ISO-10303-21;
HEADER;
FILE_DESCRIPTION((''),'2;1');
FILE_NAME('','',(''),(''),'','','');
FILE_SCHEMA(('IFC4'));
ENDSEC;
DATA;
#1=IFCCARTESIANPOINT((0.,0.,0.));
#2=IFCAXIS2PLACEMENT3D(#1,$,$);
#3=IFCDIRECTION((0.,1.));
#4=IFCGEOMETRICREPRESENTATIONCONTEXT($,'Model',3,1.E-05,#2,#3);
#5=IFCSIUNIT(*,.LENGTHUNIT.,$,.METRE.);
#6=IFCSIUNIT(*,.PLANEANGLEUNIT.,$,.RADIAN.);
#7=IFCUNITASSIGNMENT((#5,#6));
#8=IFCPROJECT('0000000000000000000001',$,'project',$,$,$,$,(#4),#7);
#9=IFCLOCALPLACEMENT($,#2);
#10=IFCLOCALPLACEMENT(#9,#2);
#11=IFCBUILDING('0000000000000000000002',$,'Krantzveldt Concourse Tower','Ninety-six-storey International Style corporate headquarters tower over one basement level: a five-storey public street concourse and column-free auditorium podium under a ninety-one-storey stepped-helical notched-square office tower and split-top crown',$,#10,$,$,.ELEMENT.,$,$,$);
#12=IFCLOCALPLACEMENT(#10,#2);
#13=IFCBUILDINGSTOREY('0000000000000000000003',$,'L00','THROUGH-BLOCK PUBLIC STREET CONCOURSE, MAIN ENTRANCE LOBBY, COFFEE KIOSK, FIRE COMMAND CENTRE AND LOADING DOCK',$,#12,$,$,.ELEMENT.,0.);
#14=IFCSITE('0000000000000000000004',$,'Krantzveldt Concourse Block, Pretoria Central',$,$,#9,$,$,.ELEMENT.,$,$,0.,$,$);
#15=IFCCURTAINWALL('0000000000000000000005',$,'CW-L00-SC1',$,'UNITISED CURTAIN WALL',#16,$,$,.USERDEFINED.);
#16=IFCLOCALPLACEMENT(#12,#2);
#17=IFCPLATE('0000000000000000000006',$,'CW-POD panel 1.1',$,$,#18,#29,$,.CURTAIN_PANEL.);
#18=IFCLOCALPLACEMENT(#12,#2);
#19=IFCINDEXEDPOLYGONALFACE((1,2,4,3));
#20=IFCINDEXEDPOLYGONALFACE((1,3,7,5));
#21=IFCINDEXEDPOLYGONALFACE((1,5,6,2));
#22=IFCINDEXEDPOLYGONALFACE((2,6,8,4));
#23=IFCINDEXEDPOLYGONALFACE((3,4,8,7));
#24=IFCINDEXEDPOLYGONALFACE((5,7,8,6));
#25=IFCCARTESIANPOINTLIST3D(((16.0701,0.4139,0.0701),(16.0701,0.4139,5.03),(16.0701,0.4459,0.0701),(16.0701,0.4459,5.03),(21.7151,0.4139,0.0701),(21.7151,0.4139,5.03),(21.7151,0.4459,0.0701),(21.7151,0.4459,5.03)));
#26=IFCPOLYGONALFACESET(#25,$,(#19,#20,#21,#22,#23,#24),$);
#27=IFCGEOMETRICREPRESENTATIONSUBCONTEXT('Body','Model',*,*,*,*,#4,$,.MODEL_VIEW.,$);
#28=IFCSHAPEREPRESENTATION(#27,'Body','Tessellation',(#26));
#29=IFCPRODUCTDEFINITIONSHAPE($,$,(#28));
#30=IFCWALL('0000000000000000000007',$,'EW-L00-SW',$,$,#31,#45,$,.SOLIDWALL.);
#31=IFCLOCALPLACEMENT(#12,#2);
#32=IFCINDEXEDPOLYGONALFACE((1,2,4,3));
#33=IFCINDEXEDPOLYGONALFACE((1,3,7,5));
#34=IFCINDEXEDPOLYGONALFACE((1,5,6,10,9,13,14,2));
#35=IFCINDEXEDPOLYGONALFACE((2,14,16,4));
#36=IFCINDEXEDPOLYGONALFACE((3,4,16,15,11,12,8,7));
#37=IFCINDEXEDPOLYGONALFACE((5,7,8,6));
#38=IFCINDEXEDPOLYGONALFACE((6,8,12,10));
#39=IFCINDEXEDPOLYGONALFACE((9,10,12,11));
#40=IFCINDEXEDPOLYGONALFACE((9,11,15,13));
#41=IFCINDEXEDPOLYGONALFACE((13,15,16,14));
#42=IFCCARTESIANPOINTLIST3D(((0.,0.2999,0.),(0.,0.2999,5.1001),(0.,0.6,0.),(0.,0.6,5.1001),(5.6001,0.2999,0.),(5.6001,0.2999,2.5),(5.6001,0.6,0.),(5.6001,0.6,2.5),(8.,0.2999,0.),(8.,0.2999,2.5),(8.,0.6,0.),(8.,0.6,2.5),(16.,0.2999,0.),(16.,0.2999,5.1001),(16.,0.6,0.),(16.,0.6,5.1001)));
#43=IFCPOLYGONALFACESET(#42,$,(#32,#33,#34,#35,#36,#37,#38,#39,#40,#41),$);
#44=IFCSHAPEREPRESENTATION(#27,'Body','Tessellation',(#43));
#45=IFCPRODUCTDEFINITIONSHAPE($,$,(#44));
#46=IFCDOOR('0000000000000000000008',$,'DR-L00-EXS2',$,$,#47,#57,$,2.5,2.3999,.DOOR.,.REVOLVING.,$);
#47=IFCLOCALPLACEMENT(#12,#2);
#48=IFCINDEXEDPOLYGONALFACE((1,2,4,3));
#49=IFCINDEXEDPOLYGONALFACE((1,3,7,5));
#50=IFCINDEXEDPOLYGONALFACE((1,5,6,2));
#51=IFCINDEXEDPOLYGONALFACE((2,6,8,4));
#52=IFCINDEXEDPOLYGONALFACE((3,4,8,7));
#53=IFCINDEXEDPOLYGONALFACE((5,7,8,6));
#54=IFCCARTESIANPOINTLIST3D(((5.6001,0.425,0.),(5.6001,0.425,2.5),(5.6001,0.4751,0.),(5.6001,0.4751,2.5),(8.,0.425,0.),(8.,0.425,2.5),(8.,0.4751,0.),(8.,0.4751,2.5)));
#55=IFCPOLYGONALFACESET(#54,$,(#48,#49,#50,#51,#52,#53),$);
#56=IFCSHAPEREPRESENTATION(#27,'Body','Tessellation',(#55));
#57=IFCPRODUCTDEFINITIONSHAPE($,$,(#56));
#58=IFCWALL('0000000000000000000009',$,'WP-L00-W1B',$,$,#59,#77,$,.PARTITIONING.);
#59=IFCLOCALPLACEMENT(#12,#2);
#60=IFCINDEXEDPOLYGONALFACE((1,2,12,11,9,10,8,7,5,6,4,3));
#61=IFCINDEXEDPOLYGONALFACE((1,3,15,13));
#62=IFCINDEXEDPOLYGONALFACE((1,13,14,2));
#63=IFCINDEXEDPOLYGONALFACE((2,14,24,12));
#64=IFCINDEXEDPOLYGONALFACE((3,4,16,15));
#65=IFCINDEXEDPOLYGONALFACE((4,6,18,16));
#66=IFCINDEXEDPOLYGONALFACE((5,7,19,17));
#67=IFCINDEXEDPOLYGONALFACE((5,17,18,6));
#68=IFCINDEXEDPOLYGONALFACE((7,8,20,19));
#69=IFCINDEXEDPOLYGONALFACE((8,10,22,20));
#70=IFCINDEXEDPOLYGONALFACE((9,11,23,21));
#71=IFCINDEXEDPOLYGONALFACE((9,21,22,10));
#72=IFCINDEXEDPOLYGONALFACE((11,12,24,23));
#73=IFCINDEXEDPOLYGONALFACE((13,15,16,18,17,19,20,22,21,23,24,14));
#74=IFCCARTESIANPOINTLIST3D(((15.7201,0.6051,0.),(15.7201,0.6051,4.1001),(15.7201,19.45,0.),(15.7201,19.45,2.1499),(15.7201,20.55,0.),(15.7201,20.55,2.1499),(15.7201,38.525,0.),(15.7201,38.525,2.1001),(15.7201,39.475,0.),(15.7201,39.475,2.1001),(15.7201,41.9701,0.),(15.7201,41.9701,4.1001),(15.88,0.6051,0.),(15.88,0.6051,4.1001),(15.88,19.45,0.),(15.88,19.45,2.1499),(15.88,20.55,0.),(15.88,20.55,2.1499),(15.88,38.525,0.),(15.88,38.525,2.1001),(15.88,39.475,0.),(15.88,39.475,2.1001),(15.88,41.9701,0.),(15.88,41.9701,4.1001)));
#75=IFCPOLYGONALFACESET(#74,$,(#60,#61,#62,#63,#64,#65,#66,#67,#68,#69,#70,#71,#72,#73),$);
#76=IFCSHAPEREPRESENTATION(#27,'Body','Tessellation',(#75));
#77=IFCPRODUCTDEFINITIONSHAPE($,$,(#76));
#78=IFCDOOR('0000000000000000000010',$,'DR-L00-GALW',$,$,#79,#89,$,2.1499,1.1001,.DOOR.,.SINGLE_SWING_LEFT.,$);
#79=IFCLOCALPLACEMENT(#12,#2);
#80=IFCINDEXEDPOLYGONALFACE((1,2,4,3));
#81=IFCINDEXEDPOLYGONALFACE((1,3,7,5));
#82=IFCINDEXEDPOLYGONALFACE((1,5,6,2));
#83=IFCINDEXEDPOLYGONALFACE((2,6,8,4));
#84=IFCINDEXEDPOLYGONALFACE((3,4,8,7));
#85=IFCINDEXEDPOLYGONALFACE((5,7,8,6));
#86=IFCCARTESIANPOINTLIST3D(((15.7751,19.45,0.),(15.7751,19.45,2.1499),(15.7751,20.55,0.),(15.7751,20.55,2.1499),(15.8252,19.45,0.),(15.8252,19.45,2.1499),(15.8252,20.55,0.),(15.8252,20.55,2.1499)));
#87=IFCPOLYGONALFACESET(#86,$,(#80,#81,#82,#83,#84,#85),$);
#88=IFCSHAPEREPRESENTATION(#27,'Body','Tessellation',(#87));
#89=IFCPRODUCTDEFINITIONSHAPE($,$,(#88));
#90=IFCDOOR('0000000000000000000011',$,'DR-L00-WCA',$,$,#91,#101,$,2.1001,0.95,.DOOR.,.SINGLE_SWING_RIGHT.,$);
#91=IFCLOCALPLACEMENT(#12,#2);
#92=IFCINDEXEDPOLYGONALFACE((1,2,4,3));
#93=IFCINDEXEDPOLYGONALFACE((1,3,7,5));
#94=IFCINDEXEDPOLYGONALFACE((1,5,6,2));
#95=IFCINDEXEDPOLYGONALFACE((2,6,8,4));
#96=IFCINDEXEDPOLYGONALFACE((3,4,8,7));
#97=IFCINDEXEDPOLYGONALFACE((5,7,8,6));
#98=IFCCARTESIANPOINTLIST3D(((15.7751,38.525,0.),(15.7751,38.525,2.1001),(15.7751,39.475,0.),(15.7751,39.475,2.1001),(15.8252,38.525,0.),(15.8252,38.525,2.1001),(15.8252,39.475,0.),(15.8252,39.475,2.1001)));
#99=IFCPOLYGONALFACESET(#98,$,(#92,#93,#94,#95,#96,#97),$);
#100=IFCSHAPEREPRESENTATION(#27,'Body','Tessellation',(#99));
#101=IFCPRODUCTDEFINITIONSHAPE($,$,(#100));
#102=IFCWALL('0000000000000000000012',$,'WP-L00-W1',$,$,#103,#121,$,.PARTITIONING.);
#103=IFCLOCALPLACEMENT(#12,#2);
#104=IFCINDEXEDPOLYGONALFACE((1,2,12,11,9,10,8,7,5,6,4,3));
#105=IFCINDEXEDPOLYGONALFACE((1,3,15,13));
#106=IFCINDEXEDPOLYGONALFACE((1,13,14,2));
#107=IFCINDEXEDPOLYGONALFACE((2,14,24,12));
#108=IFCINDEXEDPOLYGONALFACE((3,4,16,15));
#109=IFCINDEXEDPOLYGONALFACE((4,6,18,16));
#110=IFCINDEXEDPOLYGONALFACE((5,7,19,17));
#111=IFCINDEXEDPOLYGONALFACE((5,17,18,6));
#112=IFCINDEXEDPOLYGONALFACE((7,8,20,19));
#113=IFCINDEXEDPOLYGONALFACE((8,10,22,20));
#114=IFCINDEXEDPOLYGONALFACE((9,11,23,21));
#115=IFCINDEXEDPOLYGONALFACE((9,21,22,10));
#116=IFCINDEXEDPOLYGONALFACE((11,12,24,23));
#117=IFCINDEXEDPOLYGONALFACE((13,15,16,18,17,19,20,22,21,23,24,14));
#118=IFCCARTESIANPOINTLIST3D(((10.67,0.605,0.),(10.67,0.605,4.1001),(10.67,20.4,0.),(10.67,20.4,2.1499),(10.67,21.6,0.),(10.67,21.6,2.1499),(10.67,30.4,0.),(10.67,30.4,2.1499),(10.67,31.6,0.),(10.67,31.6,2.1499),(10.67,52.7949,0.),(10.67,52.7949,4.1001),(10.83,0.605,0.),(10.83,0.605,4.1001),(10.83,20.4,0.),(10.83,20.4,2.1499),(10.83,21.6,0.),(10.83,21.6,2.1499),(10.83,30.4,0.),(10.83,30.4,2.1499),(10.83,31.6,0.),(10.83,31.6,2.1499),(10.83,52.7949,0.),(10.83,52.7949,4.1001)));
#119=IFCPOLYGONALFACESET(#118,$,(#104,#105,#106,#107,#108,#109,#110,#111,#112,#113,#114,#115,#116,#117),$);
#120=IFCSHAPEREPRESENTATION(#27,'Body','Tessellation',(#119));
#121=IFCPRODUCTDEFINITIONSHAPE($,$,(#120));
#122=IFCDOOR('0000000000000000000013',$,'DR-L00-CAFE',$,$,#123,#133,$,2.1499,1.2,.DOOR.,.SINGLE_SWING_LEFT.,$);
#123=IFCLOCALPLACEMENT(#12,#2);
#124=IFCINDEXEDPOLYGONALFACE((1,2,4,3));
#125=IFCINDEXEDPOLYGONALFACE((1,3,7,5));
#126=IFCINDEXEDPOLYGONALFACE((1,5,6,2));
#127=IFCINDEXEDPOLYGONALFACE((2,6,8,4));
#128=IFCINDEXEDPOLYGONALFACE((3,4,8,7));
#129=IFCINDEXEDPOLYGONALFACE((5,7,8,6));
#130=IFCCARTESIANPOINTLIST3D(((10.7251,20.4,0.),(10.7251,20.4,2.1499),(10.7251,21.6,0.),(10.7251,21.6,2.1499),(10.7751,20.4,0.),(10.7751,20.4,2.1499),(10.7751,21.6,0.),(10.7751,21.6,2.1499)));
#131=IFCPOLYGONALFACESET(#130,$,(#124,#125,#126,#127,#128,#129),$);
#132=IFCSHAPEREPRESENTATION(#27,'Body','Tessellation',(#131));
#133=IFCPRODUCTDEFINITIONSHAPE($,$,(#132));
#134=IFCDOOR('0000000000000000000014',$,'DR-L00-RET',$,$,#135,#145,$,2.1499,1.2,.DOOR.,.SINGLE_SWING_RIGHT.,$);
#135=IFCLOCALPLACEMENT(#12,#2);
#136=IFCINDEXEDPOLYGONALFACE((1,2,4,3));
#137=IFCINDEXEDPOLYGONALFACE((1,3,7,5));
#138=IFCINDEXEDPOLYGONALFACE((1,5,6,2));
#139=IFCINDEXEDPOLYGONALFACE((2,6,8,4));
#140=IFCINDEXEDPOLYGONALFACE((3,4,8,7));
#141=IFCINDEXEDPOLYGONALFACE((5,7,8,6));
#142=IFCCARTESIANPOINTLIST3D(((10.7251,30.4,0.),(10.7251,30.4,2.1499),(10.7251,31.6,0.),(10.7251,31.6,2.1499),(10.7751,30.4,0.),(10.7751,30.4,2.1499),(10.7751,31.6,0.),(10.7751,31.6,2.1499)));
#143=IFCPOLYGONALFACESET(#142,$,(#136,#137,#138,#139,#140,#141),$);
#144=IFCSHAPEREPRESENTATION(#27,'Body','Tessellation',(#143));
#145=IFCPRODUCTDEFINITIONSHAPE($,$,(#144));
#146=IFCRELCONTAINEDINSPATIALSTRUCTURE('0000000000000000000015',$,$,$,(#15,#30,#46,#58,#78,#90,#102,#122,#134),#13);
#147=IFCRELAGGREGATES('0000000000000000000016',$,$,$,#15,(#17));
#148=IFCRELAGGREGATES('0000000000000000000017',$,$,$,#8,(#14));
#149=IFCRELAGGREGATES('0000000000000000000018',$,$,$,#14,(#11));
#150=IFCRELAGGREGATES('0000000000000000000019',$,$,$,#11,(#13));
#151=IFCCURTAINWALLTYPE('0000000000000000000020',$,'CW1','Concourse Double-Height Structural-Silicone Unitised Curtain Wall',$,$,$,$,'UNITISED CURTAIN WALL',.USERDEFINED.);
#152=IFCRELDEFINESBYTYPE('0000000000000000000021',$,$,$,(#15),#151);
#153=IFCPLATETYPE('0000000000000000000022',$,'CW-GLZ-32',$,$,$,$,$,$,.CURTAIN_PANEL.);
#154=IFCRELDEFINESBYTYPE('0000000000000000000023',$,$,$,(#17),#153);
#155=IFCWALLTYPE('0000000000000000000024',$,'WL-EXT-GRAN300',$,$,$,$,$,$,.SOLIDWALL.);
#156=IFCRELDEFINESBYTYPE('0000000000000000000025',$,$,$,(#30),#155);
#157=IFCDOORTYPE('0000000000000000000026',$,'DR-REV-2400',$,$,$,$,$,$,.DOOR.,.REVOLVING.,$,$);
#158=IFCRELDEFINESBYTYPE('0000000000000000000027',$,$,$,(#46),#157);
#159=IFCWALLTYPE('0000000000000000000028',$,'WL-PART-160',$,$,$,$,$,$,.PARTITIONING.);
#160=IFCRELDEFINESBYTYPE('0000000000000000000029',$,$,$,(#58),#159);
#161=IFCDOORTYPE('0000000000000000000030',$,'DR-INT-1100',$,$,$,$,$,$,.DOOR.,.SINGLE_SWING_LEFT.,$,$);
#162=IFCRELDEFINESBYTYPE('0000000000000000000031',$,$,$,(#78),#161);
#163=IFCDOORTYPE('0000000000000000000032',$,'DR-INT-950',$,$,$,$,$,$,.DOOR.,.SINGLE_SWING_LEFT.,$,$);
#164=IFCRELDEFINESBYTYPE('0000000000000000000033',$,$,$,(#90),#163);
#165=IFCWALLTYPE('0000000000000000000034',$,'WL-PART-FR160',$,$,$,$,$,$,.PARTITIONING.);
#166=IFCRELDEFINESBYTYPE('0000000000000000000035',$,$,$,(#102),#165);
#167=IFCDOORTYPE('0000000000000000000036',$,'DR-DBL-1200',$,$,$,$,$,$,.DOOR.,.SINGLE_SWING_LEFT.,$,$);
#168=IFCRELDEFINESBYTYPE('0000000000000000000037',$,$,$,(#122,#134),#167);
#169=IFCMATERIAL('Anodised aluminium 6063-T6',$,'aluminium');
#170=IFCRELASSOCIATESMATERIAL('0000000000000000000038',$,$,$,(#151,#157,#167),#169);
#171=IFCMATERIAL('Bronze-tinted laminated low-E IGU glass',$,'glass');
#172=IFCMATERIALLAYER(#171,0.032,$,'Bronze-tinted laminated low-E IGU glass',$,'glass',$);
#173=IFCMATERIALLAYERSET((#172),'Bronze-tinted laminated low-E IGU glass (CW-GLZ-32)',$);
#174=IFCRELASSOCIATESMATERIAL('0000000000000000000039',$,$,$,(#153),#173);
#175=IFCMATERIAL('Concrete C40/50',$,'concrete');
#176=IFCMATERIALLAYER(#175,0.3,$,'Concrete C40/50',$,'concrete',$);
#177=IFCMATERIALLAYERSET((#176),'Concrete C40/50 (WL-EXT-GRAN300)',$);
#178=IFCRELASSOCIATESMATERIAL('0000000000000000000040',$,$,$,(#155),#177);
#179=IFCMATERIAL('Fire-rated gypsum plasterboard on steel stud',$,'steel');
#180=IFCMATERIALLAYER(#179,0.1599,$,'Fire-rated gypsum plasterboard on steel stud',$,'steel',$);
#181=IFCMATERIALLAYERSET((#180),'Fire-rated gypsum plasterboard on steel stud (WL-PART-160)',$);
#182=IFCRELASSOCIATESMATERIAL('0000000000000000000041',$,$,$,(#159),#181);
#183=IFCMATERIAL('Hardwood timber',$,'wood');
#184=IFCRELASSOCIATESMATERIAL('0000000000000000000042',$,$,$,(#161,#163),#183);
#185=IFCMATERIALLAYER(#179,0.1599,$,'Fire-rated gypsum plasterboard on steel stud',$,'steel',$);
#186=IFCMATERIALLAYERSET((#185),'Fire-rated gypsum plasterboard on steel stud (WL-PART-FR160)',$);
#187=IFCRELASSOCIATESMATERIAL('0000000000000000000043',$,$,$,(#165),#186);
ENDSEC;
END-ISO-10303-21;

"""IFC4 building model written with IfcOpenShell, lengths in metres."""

from ifc_helpers import new_model, si_unit, direction, frame, frame_2d, origin, origin_2d, place, context, subcontext, project, spatial, rectangle, extrude, source, transform, mapped, material, layer, layer_set, type_object, type_shapes, element, fill, aggregate, save


model = new_model("IFC4")

# Units and contexts
model_context = context("Model", 3, precision=1e-05, world=origin(), true_north=direction((0.0, 1.0)))
body_context = subcontext(model_context, "Body", "Model", "MODEL_VIEW")
ifc_project = project(units=[si_unit("LENGTHUNIT", "METRE"), si_unit("PLANEANGLEUNIT", "RADIAN")], contexts=[model_context])

# Site, building, storey
site_placement = place(None, origin())
site = spatial("IfcSite", under=ifc_project, at=site_placement, Name="Krantzveldt Concourse Block, Pretoria Central", CompositionType="ELEMENT", RefElevation=0.0)
building_placement = place(site_placement, origin())
building = spatial("IfcBuilding", under=site, at=building_placement, Name="Krantzveldt Concourse Tower", Description="Ninety-six-storey International Style corporate headquarters tower over one basement level: a five-storey public street concourse and column-free auditorium podium under a ninety-one-storey stepped-helical notched-square office tower and split-top crown", CompositionType="ELEMENT")
storey_placement = place(building_placement, origin())
storey = spatial("IfcBuildingStorey", under=building, at=storey_placement, Name="L00", Description="THROUGH-BLOCK PUBLIC STREET CONCOURSE, MAIN ENTRANCE LOBBY, COFFEE KIOSK, FIRE COMMAND CENTRE AND LOADING DOCK", CompositionType="ELEMENT", Elevation=0.0)

# Shared definitions
ifc_material_1 = material(Name="Concrete C40/50", Category="concrete")

# Curtain wall, plate
ifc_material_2 = material(Name="Anodised aluminium 6063-T6", Category="aluminium")
curtain_wall_type = type_object("IfcCurtainWallType", Name="CW1", Description="Concourse Double-Height Structural-Silicone Unitised Curtain Wall", ElementType="UNITISED CURTAIN WALL", PredefinedType="USERDEFINED", material=ifc_material_2)
curtain_wall_placement = place(storey_placement, origin())
curtain_wall = element("IfcCurtainWall", 1, at=curtain_wall_placement, inside=storey, type_object=curtain_wall_type, Name="CW-L00-SC1", ObjectType="UNITISED CURTAIN WALL", PredefinedType="USERDEFINED")
ifc_material_3 = material(Name="Bronze-tinted laminated low-E IGU glass", Category="glass")
ifc_layer_1 = layer(ifc_material_3, 0.032, Name="Bronze-tinted laminated low-E IGU glass", Category="glass")
ifc_layer_set_1 = layer_set([ifc_layer_1], Name="Bronze-tinted laminated low-E IGU glass (CW-GLZ-32)")
plate_type = type_object("IfcPlateType", Name="CW-GLZ-32", PredefinedType="CURTAIN_PANEL", material=ifc_layer_set_1)
shared_shape_1 = source(origin(), body_context, "Body", "SweptSolid", [
    extrude(rectangle(XDim=5.645, YDim=0.032, at=origin_2d()), origin(), (0.0, 0.0, 1.0), 4.96),
])
type_shapes(plate_type, [shared_shape_1])
plate_placement = place(storey_placement, frame((18.8926, 0.4299, 0.0701), z_axis=(0.0, 0.0, 1.0), x_axis=(1.0, 0.0, 0.0)))
plate = element("IfcPlate", 2, at=plate_placement, type_object=plate_type, Name="CW-POD panel 1.1", PredefinedType="CURTAIN_PANEL", context=body_context, shape_type="MappedRepresentation", body=[
    mapped(shared_shape_1, transform((0.0, 0.0, 0.0), x_axis=(1.0, 0.0, 0.0), y_axis=(0.0, 1.0, 0.0), z_axis=(0.0, 0.0, 1.0), scale=1.0)),
])
aggregate(curtain_wall, [plate])

# Wall, opening, door
ifc_layer_2 = layer(ifc_material_1, 0.3, Name="Concrete C40/50", Category="concrete")
ifc_layer_set_2 = layer_set([ifc_layer_2], Name="Concrete C40/50 (WL-EXT-GRAN300)")
wall_type_1 = type_object("IfcWallType", Name="WL-EXT-GRAN300", PredefinedType="SOLIDWALL", material=ifc_layer_set_2)
wall_1_placement = place(storey_placement, frame((16.0, 0.45, 0.0), z_axis=(0.0, 0.0, 1.0), x_axis=(-1.0, 0.0, 0.0)))
wall_1 = element("IfcWall", 3, at=wall_1_placement, inside=storey, type_object=wall_type_1, Name="EW-L00-SW", PredefinedType="SOLIDWALL", context=body_context, shape_type="SweptSolid", body=[
    extrude(rectangle(XDim=16.0, YDim=0.3, at=frame_2d((8.0, 0.0))), origin(), (0.0, 0.0, 1.0), 5.1001),
])
opening_1_placement = place(wall_1_placement, frame((8.0, 0.0, 0.0)))
opening_1 = element("IfcOpeningElement", 4, at=opening_1_placement, cuts=wall_1, PredefinedType="OPENING", context=body_context, shape_type="SweptSolid", body=[
    extrude(rectangle(XDim=2.3999, YDim=2.5, at=frame_2d((1.2, 1.25))), frame((0.0, 0.1602, 0.0), z_axis=(0.0, -1.0, 0.0), x_axis=(1.0, 0.0, 0.0)), (0.0, 0.0, 1.0), 0.3201),
])
door_type_1 = type_object("IfcDoorType", Name="DR-REV-2400", OperationType="REVOLVING", PredefinedType="DOOR", material=ifc_material_2)
door_1_placement = place(opening_1_placement, origin())
door_1 = element("IfcDoor", 5, at=door_1_placement, inside=storey, type_object=door_type_1, Name="DR-L00-EXS2", OperationType="REVOLVING", OverallHeight=2.5, OverallWidth=2.3999, PredefinedType="DOOR", context=body_context, shape_type="SweptSolid", body=[
    extrude(rectangle(XDim=2.3999, YDim=2.5, at=frame_2d((1.2, 1.25))), frame((0.0, 0.0249, 0.0), z_axis=(0.0, -1.0, 0.0), x_axis=(1.0, 0.0, 0.0)), (0.0, 0.0, 1.0), 0.05),
])
fill(opening_1, door_1)

# Walls, openings, doors
ifc_material_4 = material(Name="Fire-rated gypsum plasterboard on steel stud", Category="steel")
ifc_layer_3 = layer(ifc_material_4, 0.1599, Name="Fire-rated gypsum plasterboard on steel stud", Category="steel")
ifc_layer_set_3 = layer_set([ifc_layer_3], Name="Fire-rated gypsum plasterboard on steel stud (WL-PART-160)")
wall_type_2 = type_object("IfcWallType", Name="WL-PART-160", PredefinedType="PARTITIONING", material=ifc_layer_set_3)
wall_2_placement = place(storey_placement, frame((15.8, 0.605, 0.0), z_axis=(0.0, 0.0, 1.0), x_axis=(0.0, 1.0, 0.0)))
wall_2 = element("IfcWall", 6, at=wall_2_placement, inside=storey, type_object=wall_type_2, Name="WP-L00-W1B", PredefinedType="PARTITIONING", context=body_context, shape_type="SweptSolid", body=[
    extrude(rectangle(XDim=41.365, YDim=0.1599, at=frame_2d((20.6826, 0.0))), origin(), (0.0, 0.0, 1.0), 4.1001),
])
opening_2_placement = place(wall_2_placement, frame((18.845, 0.0, 0.0)))
opening_2 = element("IfcOpeningElement", 7, at=opening_2_placement, cuts=wall_2, PredefinedType="OPENING", context=body_context, shape_type="SweptSolid", body=[
    extrude(rectangle(XDim=1.1001, YDim=2.1499, at=frame_2d((0.55, 1.075))), frame((0.0, 0.0898, 0.0), z_axis=(0.0, -1.0, 0.0), x_axis=(1.0, 0.0, 0.0)), (0.0, 0.0, 1.0), 0.1799),
])
opening_3_placement = place(wall_2_placement, frame((37.9199, 0.0, 0.0)))
opening_3 = element("IfcOpeningElement", 8, at=opening_3_placement, cuts=wall_2, PredefinedType="OPENING", context=body_context, shape_type="SweptSolid", body=[
    extrude(rectangle(XDim=0.95, YDim=2.1001, at=frame_2d((0.4751, 1.05))), frame((0.0, 0.0898, 0.0), z_axis=(0.0, -1.0, 0.0), x_axis=(1.0, 0.0, 0.0)), (0.0, 0.0, 1.0), 0.1799),
])
ifc_material_5 = material(Name="Hardwood timber", Category="wood")
door_type_2 = type_object("IfcDoorType", Name="DR-INT-1100", OperationType="SINGLE_SWING_LEFT", PredefinedType="DOOR", material=ifc_material_5)
door_2_placement = place(opening_2_placement, origin())
door_2 = element("IfcDoor", 9, at=door_2_placement, inside=storey, type_object=door_type_2, Name="DR-L00-GALW", OperationType="SINGLE_SWING_LEFT", OverallHeight=2.1499, OverallWidth=1.1001, PredefinedType="DOOR", context=body_context, shape_type="SweptSolid", body=[
    extrude(rectangle(XDim=1.1001, YDim=2.1499, at=frame_2d((0.55, 1.075))), frame((0.0, 0.0249, 0.0), z_axis=(0.0, -1.0, 0.0), x_axis=(1.0, 0.0, 0.0)), (0.0, 0.0, 1.0), 0.05),
])
fill(opening_2, door_2)
door_type_3 = type_object("IfcDoorType", Name="DR-INT-950", OperationType="SINGLE_SWING_LEFT", PredefinedType="DOOR", material=ifc_material_5)
door_3_placement = place(opening_3_placement, origin())
door_3 = element("IfcDoor", 10, at=door_3_placement, inside=storey, type_object=door_type_3, Name="DR-L00-WCA", OperationType="SINGLE_SWING_RIGHT", OverallHeight=2.1001, OverallWidth=0.95, PredefinedType="DOOR", context=body_context, shape_type="SweptSolid", body=[
    extrude(rectangle(XDim=0.95, YDim=2.1001, at=frame_2d((0.4751, 1.05))), frame((0.0, 0.0249, 0.0), z_axis=(0.0, -1.0, 0.0), x_axis=(1.0, 0.0, 0.0)), (0.0, 0.0, 1.0), 0.05),
])
fill(opening_3, door_3)
ifc_layer_4 = layer(ifc_material_4, 0.1599, Name="Fire-rated gypsum plasterboard on steel stud", Category="steel")
ifc_layer_set_4 = layer_set([ifc_layer_4], Name="Fire-rated gypsum plasterboard on steel stud (WL-PART-FR160)")
wall_type_3 = type_object("IfcWallType", Name="WL-PART-FR160", PredefinedType="PARTITIONING", material=ifc_layer_set_4)
wall_3_placement = place(storey_placement, frame((10.75, 0.605, 0.0), z_axis=(0.0, 0.0, 1.0), x_axis=(0.0, 1.0, 0.0)))
wall_3 = element("IfcWall", 11, at=wall_3_placement, inside=storey, type_object=wall_type_3, Name="WP-L00-W1", PredefinedType="PARTITIONING", context=body_context, shape_type="SweptSolid", body=[
    extrude(rectangle(XDim=52.1899, YDim=0.1599, at=frame_2d((26.095, 0.0))), origin(), (0.0, 0.0, 1.0), 4.1001),
])
opening_4_placement = place(wall_3_placement, frame((19.7949, 0.0, 0.0)))
opening_4 = element("IfcOpeningElement", 12, at=opening_4_placement, cuts=wall_3, PredefinedType="OPENING", context=body_context, shape_type="SweptSolid", body=[
    extrude(rectangle(XDim=1.2, YDim=2.1499, at=frame_2d((0.6001, 1.075))), frame((0.0, 0.0898, 0.0), z_axis=(0.0, -1.0, 0.0), x_axis=(1.0, 0.0, 0.0)), (0.0, 0.0, 1.0), 0.1799),
])
opening_5_placement = place(wall_3_placement, frame((29.7949, 0.0, 0.0)))
opening_5 = element("IfcOpeningElement", 13, at=opening_5_placement, cuts=wall_3, PredefinedType="OPENING", context=body_context, shape_type="SweptSolid", body=[
    extrude(rectangle(XDim=1.2, YDim=2.1499, at=frame_2d((0.6001, 1.075))), frame((0.0, 0.0898, 0.0), z_axis=(0.0, -1.0, 0.0), x_axis=(1.0, 0.0, 0.0)), (0.0, 0.0, 1.0), 0.1799),
])
door_type_4 = type_object("IfcDoorType", Name="DR-DBL-1200", OperationType="SINGLE_SWING_LEFT", PredefinedType="DOOR", material=ifc_material_2)
door_4_placement = place(opening_4_placement, origin())
door_4 = element("IfcDoor", 14, at=door_4_placement, inside=storey, type_object=door_type_4, Name="DR-L00-CAFE", OperationType="SINGLE_SWING_LEFT", OverallHeight=2.1499, OverallWidth=1.2, PredefinedType="DOOR", context=body_context, shape_type="SweptSolid", body=[
    extrude(rectangle(XDim=1.2, YDim=2.1499, at=frame_2d((0.6001, 1.075))), frame((0.0, 0.0249, 0.0), z_axis=(0.0, -1.0, 0.0), x_axis=(1.0, 0.0, 0.0)), (0.0, 0.0, 1.0), 0.05),
])
fill(opening_4, door_4)
door_5_placement = place(opening_5_placement, origin())
door_5 = element("IfcDoor", 15, at=door_5_placement, inside=storey, type_object=door_type_4, Name="DR-L00-RET", OperationType="SINGLE_SWING_RIGHT", OverallHeight=2.1499, OverallWidth=1.2, PredefinedType="DOOR", context=body_context, shape_type="SweptSolid", body=[
    extrude(rectangle(XDim=1.2, YDim=2.1499, at=frame_2d((0.6001, 1.075))), frame((0.0, 0.0249, 0.0), z_axis=(0.0, -1.0, 0.0), x_axis=(1.0, 0.0, 0.0)), (0.0, 0.0, 1.0), 0.05),
])
fill(opening_5, door_5)

save(model, "model.ifc")
